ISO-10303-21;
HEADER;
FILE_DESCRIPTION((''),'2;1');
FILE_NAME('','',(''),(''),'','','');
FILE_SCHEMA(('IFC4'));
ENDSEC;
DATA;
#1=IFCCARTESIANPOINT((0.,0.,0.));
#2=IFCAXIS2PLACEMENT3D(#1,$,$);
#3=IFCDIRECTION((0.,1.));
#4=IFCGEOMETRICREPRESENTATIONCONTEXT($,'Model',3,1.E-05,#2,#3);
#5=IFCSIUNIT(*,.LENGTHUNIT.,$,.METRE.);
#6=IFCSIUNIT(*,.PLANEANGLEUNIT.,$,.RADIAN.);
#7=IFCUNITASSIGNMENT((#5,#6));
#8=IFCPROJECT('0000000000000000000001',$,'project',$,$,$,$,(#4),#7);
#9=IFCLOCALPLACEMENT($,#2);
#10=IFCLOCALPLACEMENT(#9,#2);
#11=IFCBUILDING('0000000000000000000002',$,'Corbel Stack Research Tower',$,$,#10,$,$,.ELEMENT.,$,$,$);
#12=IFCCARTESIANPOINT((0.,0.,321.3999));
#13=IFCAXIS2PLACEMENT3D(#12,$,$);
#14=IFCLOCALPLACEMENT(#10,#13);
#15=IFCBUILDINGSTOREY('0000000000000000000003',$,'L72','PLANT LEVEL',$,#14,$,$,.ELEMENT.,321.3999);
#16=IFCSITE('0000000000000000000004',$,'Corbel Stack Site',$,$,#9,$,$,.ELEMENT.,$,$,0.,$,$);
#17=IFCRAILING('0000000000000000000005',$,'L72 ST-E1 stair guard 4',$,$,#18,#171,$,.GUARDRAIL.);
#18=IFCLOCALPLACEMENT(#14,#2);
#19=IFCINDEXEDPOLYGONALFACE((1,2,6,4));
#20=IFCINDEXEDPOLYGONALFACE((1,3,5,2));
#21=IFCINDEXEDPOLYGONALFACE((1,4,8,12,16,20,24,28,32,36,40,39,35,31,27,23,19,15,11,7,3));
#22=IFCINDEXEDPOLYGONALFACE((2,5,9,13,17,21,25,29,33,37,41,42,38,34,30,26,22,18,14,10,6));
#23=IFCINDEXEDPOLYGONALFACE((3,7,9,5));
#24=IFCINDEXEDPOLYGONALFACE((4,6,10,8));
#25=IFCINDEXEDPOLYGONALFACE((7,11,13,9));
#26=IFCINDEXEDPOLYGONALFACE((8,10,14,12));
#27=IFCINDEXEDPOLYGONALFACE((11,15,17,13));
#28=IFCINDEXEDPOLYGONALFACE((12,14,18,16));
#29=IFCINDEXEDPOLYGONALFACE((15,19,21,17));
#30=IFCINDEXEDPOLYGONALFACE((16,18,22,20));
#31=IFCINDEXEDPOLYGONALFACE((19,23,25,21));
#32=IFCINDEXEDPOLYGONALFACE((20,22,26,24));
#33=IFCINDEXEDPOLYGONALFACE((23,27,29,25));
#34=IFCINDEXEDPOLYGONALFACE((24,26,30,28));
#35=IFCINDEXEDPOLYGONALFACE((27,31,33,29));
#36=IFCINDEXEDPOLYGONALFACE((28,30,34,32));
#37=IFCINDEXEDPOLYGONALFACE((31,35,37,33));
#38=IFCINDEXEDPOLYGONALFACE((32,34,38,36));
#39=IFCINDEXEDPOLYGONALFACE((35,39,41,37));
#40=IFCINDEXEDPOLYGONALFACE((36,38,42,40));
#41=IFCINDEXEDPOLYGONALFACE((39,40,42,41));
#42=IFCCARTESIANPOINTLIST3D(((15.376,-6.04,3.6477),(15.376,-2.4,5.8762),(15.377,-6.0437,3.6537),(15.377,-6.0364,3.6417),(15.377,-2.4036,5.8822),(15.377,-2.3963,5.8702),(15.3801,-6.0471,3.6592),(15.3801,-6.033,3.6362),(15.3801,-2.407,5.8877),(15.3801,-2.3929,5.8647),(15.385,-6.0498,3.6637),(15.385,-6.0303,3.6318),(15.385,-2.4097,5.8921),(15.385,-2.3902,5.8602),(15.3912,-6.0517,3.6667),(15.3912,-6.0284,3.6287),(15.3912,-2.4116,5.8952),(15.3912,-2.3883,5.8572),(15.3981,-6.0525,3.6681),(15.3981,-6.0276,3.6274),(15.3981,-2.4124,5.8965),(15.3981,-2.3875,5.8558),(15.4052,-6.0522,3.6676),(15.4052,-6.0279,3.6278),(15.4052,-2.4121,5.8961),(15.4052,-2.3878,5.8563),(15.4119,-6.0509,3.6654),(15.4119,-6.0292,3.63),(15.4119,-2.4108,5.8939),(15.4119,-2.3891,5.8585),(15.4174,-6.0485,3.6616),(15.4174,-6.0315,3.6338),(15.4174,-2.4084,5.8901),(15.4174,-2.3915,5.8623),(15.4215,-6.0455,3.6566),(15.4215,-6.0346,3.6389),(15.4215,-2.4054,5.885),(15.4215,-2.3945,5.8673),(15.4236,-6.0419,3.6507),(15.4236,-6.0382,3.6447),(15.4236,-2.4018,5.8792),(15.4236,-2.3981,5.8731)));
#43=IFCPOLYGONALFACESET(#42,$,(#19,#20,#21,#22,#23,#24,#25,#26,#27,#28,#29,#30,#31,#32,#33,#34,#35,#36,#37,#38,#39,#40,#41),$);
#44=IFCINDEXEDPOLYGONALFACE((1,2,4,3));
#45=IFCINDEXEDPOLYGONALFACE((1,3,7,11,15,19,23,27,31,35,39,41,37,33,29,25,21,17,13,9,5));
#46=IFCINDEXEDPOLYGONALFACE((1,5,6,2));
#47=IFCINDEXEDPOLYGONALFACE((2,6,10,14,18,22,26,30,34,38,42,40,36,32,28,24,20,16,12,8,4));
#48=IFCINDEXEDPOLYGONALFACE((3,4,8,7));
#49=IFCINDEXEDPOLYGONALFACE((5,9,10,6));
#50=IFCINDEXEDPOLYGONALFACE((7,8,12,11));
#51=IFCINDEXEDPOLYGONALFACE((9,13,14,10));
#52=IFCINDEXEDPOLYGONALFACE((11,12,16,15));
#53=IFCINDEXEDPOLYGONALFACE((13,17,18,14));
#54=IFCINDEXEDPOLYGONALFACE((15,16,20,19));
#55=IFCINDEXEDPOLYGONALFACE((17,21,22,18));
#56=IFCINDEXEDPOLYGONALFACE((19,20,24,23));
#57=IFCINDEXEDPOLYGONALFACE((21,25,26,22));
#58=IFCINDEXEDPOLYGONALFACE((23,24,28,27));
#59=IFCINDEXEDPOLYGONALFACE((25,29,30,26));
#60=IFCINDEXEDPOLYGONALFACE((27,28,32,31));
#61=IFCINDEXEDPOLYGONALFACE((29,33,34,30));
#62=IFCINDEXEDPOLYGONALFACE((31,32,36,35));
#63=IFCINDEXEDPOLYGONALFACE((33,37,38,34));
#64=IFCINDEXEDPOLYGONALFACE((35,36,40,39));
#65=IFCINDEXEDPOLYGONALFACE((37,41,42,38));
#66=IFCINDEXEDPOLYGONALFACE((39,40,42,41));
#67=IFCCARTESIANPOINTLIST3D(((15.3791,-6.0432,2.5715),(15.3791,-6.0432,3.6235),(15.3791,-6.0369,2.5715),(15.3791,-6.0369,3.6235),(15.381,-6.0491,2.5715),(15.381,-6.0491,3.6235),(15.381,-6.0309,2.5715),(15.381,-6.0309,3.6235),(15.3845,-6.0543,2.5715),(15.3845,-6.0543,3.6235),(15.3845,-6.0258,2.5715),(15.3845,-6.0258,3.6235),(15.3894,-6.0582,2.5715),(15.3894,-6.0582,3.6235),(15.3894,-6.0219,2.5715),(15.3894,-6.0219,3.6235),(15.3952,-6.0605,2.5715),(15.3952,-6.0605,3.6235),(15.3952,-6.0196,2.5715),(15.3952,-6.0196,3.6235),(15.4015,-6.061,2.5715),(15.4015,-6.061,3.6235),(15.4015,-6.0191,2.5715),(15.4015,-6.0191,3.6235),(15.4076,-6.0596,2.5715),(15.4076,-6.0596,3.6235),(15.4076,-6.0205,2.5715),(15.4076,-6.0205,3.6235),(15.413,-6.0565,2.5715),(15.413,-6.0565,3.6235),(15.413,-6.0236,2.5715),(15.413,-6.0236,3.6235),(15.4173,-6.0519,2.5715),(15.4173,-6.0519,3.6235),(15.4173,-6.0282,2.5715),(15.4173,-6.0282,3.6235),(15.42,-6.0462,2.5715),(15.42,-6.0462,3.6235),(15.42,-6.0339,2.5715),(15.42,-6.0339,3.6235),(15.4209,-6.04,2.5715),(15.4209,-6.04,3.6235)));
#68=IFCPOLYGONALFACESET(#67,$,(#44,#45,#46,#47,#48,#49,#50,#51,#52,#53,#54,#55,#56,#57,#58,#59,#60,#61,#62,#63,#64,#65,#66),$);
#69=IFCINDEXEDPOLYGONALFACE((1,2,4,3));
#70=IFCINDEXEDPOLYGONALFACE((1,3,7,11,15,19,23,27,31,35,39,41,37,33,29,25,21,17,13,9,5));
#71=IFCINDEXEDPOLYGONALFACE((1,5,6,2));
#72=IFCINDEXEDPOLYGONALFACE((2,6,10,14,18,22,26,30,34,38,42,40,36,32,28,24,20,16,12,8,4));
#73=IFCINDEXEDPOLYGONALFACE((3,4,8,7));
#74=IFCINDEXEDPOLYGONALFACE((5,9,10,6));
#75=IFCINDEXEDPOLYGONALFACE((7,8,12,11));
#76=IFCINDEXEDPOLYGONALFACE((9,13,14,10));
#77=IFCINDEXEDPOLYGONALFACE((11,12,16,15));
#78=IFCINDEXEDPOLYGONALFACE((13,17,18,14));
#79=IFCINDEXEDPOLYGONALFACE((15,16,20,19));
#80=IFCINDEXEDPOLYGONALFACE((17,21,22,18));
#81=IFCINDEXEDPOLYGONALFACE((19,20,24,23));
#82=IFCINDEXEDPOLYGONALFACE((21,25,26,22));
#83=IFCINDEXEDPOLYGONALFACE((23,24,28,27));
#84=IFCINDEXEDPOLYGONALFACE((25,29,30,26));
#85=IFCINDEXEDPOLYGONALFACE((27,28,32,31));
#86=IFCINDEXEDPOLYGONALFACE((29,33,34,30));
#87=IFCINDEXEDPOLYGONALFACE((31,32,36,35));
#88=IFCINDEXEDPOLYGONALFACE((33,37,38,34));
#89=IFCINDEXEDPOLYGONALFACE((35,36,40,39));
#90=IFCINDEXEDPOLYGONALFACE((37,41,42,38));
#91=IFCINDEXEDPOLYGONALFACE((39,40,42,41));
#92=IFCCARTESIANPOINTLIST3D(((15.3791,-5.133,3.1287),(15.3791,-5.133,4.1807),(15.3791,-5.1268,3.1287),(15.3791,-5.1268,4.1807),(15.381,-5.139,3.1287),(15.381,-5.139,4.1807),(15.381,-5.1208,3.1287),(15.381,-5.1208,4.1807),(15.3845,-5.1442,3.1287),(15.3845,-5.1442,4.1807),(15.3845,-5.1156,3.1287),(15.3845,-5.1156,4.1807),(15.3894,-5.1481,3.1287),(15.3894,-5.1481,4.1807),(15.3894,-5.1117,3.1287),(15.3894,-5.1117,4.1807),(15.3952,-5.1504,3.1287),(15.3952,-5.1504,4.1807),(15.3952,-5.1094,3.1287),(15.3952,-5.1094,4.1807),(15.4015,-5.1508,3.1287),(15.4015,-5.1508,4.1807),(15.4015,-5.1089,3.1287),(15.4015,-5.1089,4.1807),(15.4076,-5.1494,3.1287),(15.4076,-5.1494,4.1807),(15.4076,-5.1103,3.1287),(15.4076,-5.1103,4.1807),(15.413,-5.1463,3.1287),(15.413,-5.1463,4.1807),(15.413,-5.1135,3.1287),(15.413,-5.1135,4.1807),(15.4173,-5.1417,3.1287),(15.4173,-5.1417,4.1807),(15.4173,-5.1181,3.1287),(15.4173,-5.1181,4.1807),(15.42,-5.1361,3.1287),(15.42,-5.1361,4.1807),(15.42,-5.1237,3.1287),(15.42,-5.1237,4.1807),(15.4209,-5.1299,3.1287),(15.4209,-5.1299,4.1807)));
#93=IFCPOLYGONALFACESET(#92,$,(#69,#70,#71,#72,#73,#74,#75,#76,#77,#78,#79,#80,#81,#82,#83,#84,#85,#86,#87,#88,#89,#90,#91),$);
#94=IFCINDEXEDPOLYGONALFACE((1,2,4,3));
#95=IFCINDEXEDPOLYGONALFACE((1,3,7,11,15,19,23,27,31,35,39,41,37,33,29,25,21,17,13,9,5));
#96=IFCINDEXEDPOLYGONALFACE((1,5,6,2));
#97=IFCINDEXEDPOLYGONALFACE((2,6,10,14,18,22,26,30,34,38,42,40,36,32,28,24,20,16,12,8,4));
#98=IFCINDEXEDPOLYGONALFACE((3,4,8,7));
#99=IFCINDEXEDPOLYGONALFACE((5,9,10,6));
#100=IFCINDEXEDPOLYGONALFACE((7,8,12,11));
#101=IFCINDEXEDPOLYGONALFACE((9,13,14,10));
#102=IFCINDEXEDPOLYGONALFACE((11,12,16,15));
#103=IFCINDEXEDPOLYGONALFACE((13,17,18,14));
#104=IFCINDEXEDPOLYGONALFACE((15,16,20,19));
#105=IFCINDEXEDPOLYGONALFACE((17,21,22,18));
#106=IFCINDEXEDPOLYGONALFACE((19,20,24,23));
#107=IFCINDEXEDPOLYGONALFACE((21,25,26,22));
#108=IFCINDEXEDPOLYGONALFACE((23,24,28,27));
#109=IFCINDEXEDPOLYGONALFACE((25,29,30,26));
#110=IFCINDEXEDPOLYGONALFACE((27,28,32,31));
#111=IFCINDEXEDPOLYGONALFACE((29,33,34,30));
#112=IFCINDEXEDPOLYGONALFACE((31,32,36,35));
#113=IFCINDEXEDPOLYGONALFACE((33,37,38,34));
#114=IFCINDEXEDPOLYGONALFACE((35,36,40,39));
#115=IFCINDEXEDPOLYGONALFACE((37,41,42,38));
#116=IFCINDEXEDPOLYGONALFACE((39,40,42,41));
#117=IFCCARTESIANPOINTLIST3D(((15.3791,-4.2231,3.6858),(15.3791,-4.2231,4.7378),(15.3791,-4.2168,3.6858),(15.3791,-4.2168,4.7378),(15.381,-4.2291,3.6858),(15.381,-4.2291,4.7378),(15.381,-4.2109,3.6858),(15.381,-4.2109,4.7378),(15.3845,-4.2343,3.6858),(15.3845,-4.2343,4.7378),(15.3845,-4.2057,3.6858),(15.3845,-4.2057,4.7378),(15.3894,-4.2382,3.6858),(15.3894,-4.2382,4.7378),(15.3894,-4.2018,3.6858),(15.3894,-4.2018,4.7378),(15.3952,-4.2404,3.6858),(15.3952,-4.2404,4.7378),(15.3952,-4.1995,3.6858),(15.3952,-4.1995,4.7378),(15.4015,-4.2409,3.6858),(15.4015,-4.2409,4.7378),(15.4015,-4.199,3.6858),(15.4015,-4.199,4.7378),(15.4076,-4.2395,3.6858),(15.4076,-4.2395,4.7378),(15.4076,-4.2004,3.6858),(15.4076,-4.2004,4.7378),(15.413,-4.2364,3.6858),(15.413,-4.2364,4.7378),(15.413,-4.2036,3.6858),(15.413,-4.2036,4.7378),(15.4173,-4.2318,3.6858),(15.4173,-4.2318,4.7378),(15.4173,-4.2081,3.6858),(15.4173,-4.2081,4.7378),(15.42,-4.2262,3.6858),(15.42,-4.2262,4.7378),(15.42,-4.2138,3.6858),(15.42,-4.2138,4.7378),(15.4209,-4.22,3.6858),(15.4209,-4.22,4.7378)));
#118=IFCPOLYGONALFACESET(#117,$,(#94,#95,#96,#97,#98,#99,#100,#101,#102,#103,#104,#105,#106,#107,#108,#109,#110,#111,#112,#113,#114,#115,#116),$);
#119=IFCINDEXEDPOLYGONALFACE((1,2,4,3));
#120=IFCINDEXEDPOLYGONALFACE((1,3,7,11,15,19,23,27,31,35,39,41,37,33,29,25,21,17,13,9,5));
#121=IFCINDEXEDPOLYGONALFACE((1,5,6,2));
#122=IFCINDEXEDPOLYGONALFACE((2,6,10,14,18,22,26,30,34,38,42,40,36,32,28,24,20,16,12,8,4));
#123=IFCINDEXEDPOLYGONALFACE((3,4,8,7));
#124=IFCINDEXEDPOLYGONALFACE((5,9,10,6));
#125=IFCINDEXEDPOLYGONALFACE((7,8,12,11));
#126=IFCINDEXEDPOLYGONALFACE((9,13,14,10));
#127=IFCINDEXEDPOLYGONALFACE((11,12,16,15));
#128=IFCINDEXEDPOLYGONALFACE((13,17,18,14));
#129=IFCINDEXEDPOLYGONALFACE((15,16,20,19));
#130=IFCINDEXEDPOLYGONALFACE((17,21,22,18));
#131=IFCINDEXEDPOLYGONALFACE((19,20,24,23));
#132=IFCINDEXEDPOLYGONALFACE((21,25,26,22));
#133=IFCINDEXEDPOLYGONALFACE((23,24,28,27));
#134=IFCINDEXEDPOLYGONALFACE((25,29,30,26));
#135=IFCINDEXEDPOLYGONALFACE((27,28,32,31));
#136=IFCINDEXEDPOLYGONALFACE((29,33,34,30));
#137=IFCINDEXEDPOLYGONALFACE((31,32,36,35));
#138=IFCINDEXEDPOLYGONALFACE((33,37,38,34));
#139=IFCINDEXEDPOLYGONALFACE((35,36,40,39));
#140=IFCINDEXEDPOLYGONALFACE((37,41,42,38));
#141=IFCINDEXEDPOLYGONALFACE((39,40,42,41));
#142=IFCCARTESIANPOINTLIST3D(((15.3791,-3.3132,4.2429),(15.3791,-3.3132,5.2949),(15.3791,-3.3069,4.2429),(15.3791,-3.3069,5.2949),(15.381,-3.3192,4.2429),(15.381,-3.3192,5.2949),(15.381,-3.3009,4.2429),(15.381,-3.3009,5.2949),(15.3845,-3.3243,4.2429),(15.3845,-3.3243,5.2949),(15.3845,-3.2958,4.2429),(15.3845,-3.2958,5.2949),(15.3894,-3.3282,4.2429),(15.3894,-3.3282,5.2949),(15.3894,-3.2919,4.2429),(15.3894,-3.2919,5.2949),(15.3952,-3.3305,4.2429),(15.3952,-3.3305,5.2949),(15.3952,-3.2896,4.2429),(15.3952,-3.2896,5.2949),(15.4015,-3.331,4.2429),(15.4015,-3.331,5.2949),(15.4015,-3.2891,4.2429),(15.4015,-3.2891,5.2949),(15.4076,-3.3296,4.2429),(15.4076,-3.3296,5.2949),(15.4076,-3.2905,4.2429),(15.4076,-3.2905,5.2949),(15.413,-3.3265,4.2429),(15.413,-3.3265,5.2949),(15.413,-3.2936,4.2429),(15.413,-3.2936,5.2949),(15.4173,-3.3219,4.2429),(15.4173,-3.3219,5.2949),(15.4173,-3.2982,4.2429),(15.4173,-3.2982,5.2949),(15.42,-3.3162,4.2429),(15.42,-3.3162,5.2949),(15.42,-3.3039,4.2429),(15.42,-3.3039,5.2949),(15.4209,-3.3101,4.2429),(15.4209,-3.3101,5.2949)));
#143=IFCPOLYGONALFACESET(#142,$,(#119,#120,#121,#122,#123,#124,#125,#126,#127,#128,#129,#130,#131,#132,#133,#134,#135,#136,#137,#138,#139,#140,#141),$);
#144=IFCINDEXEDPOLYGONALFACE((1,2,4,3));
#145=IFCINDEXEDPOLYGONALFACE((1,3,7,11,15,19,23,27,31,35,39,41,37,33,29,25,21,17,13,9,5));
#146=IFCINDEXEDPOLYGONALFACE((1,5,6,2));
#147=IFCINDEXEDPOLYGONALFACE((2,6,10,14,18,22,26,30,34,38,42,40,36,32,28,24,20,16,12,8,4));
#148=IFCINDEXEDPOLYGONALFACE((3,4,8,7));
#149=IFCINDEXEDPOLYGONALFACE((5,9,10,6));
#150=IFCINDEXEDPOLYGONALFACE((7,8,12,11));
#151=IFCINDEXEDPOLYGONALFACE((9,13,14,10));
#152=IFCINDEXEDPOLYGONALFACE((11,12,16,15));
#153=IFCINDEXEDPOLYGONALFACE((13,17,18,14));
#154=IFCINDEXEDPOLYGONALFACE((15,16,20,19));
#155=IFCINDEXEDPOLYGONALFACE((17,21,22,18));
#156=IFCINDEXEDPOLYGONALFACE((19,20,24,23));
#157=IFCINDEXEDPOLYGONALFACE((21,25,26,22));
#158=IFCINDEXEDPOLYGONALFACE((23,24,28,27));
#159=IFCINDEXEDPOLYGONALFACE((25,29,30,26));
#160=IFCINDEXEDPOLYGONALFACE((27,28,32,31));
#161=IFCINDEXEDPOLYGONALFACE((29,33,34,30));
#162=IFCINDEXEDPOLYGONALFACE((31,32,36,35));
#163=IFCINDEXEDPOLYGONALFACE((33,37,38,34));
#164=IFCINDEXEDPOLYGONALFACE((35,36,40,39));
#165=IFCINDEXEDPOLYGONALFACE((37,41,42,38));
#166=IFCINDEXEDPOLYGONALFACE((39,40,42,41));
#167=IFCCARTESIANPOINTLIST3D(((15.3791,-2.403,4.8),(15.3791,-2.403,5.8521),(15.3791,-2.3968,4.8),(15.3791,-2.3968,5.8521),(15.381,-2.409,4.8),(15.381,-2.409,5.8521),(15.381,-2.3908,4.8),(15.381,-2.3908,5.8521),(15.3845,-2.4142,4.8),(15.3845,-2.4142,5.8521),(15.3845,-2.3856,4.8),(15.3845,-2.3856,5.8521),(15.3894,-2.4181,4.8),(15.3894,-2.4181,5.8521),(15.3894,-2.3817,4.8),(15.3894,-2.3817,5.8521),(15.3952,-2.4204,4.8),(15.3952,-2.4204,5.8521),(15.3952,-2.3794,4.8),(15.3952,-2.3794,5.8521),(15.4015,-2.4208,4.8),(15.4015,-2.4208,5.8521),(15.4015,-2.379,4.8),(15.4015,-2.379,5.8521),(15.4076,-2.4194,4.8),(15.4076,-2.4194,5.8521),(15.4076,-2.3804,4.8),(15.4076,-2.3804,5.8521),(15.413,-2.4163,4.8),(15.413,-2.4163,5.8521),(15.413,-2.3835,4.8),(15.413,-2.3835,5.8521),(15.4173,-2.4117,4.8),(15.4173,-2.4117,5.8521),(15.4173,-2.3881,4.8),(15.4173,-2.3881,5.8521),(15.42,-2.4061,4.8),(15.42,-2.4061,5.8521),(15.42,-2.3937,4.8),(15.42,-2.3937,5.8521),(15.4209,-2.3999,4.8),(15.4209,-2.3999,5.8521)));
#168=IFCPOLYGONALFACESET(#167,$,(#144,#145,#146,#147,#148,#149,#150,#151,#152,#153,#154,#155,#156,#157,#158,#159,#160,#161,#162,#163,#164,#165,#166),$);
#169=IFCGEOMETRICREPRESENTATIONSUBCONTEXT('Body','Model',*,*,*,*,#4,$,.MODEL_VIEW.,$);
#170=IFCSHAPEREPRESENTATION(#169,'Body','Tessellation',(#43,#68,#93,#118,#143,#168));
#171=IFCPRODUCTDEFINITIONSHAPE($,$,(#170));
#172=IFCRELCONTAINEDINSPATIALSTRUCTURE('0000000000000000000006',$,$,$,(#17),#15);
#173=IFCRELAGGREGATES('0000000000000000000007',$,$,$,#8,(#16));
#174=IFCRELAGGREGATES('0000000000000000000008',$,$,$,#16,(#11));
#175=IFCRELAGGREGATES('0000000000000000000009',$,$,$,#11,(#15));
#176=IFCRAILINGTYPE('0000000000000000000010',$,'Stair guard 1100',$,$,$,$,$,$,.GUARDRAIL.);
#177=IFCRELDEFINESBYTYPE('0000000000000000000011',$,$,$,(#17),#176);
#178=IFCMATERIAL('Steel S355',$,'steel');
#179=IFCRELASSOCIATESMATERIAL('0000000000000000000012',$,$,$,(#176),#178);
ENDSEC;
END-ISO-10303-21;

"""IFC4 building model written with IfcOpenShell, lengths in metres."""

from ifc_helpers import new_model, si_unit, direction, frame, origin, origin_2d, place, context, subcontext, project, spatial, circle, extrude, material, type_object, element, save


model = new_model("IFC4")

# Units and contexts
model_context = context("Model", 3, precision=1e-05, world=origin(), true_north=direction((0.0, 1.0)))
body_context = subcontext(model_context, "Body", "Model", "MODEL_VIEW")
ifc_project = project(units=[si_unit("LENGTHUNIT", "METRE"), si_unit("PLANEANGLEUNIT", "RADIAN")], contexts=[model_context])

# Site, building, storey
site_placement = place(None, origin())
site = spatial("IfcSite", under=ifc_project, at=site_placement, Name="Corbel Stack Site", CompositionType="ELEMENT", RefElevation=0.0)
building_placement = place(site_placement, origin())
building = spatial("IfcBuilding", under=site, at=building_placement, Name="Corbel Stack Research Tower", CompositionType="ELEMENT")
storey_placement = place(building_placement, frame((0.0, 0.0, 321.3999)))
storey = spatial("IfcBuildingStorey", under=building, at=storey_placement, Name="L72", Description="PLANT LEVEL", CompositionType="ELEMENT", Elevation=321.3999)

# Railing
ifc_material_1 = material(Name="Steel S355", Category="steel")
railing_type_1 = type_object("IfcRailingType", Name="Stair guard 1100", PredefinedType="GUARDRAIL", material=ifc_material_1)
railing_1_placement = place(storey_placement, frame((15.3999, -6.04, 2.5715)))
element("IfcRailing", 1, at=railing_1_placement, inside=storey, type_object=railing_type_1, Name="L72 ST-E1 stair guard 4", PredefinedType="GUARDRAIL", context=body_context, shape_type="SweptSolid", body=[
    extrude(circle(Radius=0.0239, at=origin_2d()), frame((0.0, 0.0, 1.0762), z_axis=(0.0, 0.852866, 0.52213), x_axis=(-1.0, 0.0, 0.0)), (0.0, 0.0, 1.0), 4.2681),
    extrude(circle(Radius=0.021, at=origin_2d()), origin(), (0.0, 0.0, 1.0), 1.052),
    extrude(circle(Radius=0.021, at=origin_2d()), frame((0.0, 0.9102, 0.5571)), (0.0, 0.0, 1.0), 1.052),
    extrude(circle(Radius=0.021, at=origin_2d()), frame((0.0, 1.8201, 1.1143)), (0.0, 0.0, 1.0), 1.052),
    extrude(circle(Radius=0.021, at=origin_2d()), frame((0.0, 2.73, 1.6714)), (0.0, 0.0, 1.0), 1.052),
    extrude(circle(Radius=0.021, at=origin_2d()), frame((0.0, 3.6401, 2.2285)), (0.0, 0.0, 1.0), 1.052),
])

save(model, "model.ifc")
